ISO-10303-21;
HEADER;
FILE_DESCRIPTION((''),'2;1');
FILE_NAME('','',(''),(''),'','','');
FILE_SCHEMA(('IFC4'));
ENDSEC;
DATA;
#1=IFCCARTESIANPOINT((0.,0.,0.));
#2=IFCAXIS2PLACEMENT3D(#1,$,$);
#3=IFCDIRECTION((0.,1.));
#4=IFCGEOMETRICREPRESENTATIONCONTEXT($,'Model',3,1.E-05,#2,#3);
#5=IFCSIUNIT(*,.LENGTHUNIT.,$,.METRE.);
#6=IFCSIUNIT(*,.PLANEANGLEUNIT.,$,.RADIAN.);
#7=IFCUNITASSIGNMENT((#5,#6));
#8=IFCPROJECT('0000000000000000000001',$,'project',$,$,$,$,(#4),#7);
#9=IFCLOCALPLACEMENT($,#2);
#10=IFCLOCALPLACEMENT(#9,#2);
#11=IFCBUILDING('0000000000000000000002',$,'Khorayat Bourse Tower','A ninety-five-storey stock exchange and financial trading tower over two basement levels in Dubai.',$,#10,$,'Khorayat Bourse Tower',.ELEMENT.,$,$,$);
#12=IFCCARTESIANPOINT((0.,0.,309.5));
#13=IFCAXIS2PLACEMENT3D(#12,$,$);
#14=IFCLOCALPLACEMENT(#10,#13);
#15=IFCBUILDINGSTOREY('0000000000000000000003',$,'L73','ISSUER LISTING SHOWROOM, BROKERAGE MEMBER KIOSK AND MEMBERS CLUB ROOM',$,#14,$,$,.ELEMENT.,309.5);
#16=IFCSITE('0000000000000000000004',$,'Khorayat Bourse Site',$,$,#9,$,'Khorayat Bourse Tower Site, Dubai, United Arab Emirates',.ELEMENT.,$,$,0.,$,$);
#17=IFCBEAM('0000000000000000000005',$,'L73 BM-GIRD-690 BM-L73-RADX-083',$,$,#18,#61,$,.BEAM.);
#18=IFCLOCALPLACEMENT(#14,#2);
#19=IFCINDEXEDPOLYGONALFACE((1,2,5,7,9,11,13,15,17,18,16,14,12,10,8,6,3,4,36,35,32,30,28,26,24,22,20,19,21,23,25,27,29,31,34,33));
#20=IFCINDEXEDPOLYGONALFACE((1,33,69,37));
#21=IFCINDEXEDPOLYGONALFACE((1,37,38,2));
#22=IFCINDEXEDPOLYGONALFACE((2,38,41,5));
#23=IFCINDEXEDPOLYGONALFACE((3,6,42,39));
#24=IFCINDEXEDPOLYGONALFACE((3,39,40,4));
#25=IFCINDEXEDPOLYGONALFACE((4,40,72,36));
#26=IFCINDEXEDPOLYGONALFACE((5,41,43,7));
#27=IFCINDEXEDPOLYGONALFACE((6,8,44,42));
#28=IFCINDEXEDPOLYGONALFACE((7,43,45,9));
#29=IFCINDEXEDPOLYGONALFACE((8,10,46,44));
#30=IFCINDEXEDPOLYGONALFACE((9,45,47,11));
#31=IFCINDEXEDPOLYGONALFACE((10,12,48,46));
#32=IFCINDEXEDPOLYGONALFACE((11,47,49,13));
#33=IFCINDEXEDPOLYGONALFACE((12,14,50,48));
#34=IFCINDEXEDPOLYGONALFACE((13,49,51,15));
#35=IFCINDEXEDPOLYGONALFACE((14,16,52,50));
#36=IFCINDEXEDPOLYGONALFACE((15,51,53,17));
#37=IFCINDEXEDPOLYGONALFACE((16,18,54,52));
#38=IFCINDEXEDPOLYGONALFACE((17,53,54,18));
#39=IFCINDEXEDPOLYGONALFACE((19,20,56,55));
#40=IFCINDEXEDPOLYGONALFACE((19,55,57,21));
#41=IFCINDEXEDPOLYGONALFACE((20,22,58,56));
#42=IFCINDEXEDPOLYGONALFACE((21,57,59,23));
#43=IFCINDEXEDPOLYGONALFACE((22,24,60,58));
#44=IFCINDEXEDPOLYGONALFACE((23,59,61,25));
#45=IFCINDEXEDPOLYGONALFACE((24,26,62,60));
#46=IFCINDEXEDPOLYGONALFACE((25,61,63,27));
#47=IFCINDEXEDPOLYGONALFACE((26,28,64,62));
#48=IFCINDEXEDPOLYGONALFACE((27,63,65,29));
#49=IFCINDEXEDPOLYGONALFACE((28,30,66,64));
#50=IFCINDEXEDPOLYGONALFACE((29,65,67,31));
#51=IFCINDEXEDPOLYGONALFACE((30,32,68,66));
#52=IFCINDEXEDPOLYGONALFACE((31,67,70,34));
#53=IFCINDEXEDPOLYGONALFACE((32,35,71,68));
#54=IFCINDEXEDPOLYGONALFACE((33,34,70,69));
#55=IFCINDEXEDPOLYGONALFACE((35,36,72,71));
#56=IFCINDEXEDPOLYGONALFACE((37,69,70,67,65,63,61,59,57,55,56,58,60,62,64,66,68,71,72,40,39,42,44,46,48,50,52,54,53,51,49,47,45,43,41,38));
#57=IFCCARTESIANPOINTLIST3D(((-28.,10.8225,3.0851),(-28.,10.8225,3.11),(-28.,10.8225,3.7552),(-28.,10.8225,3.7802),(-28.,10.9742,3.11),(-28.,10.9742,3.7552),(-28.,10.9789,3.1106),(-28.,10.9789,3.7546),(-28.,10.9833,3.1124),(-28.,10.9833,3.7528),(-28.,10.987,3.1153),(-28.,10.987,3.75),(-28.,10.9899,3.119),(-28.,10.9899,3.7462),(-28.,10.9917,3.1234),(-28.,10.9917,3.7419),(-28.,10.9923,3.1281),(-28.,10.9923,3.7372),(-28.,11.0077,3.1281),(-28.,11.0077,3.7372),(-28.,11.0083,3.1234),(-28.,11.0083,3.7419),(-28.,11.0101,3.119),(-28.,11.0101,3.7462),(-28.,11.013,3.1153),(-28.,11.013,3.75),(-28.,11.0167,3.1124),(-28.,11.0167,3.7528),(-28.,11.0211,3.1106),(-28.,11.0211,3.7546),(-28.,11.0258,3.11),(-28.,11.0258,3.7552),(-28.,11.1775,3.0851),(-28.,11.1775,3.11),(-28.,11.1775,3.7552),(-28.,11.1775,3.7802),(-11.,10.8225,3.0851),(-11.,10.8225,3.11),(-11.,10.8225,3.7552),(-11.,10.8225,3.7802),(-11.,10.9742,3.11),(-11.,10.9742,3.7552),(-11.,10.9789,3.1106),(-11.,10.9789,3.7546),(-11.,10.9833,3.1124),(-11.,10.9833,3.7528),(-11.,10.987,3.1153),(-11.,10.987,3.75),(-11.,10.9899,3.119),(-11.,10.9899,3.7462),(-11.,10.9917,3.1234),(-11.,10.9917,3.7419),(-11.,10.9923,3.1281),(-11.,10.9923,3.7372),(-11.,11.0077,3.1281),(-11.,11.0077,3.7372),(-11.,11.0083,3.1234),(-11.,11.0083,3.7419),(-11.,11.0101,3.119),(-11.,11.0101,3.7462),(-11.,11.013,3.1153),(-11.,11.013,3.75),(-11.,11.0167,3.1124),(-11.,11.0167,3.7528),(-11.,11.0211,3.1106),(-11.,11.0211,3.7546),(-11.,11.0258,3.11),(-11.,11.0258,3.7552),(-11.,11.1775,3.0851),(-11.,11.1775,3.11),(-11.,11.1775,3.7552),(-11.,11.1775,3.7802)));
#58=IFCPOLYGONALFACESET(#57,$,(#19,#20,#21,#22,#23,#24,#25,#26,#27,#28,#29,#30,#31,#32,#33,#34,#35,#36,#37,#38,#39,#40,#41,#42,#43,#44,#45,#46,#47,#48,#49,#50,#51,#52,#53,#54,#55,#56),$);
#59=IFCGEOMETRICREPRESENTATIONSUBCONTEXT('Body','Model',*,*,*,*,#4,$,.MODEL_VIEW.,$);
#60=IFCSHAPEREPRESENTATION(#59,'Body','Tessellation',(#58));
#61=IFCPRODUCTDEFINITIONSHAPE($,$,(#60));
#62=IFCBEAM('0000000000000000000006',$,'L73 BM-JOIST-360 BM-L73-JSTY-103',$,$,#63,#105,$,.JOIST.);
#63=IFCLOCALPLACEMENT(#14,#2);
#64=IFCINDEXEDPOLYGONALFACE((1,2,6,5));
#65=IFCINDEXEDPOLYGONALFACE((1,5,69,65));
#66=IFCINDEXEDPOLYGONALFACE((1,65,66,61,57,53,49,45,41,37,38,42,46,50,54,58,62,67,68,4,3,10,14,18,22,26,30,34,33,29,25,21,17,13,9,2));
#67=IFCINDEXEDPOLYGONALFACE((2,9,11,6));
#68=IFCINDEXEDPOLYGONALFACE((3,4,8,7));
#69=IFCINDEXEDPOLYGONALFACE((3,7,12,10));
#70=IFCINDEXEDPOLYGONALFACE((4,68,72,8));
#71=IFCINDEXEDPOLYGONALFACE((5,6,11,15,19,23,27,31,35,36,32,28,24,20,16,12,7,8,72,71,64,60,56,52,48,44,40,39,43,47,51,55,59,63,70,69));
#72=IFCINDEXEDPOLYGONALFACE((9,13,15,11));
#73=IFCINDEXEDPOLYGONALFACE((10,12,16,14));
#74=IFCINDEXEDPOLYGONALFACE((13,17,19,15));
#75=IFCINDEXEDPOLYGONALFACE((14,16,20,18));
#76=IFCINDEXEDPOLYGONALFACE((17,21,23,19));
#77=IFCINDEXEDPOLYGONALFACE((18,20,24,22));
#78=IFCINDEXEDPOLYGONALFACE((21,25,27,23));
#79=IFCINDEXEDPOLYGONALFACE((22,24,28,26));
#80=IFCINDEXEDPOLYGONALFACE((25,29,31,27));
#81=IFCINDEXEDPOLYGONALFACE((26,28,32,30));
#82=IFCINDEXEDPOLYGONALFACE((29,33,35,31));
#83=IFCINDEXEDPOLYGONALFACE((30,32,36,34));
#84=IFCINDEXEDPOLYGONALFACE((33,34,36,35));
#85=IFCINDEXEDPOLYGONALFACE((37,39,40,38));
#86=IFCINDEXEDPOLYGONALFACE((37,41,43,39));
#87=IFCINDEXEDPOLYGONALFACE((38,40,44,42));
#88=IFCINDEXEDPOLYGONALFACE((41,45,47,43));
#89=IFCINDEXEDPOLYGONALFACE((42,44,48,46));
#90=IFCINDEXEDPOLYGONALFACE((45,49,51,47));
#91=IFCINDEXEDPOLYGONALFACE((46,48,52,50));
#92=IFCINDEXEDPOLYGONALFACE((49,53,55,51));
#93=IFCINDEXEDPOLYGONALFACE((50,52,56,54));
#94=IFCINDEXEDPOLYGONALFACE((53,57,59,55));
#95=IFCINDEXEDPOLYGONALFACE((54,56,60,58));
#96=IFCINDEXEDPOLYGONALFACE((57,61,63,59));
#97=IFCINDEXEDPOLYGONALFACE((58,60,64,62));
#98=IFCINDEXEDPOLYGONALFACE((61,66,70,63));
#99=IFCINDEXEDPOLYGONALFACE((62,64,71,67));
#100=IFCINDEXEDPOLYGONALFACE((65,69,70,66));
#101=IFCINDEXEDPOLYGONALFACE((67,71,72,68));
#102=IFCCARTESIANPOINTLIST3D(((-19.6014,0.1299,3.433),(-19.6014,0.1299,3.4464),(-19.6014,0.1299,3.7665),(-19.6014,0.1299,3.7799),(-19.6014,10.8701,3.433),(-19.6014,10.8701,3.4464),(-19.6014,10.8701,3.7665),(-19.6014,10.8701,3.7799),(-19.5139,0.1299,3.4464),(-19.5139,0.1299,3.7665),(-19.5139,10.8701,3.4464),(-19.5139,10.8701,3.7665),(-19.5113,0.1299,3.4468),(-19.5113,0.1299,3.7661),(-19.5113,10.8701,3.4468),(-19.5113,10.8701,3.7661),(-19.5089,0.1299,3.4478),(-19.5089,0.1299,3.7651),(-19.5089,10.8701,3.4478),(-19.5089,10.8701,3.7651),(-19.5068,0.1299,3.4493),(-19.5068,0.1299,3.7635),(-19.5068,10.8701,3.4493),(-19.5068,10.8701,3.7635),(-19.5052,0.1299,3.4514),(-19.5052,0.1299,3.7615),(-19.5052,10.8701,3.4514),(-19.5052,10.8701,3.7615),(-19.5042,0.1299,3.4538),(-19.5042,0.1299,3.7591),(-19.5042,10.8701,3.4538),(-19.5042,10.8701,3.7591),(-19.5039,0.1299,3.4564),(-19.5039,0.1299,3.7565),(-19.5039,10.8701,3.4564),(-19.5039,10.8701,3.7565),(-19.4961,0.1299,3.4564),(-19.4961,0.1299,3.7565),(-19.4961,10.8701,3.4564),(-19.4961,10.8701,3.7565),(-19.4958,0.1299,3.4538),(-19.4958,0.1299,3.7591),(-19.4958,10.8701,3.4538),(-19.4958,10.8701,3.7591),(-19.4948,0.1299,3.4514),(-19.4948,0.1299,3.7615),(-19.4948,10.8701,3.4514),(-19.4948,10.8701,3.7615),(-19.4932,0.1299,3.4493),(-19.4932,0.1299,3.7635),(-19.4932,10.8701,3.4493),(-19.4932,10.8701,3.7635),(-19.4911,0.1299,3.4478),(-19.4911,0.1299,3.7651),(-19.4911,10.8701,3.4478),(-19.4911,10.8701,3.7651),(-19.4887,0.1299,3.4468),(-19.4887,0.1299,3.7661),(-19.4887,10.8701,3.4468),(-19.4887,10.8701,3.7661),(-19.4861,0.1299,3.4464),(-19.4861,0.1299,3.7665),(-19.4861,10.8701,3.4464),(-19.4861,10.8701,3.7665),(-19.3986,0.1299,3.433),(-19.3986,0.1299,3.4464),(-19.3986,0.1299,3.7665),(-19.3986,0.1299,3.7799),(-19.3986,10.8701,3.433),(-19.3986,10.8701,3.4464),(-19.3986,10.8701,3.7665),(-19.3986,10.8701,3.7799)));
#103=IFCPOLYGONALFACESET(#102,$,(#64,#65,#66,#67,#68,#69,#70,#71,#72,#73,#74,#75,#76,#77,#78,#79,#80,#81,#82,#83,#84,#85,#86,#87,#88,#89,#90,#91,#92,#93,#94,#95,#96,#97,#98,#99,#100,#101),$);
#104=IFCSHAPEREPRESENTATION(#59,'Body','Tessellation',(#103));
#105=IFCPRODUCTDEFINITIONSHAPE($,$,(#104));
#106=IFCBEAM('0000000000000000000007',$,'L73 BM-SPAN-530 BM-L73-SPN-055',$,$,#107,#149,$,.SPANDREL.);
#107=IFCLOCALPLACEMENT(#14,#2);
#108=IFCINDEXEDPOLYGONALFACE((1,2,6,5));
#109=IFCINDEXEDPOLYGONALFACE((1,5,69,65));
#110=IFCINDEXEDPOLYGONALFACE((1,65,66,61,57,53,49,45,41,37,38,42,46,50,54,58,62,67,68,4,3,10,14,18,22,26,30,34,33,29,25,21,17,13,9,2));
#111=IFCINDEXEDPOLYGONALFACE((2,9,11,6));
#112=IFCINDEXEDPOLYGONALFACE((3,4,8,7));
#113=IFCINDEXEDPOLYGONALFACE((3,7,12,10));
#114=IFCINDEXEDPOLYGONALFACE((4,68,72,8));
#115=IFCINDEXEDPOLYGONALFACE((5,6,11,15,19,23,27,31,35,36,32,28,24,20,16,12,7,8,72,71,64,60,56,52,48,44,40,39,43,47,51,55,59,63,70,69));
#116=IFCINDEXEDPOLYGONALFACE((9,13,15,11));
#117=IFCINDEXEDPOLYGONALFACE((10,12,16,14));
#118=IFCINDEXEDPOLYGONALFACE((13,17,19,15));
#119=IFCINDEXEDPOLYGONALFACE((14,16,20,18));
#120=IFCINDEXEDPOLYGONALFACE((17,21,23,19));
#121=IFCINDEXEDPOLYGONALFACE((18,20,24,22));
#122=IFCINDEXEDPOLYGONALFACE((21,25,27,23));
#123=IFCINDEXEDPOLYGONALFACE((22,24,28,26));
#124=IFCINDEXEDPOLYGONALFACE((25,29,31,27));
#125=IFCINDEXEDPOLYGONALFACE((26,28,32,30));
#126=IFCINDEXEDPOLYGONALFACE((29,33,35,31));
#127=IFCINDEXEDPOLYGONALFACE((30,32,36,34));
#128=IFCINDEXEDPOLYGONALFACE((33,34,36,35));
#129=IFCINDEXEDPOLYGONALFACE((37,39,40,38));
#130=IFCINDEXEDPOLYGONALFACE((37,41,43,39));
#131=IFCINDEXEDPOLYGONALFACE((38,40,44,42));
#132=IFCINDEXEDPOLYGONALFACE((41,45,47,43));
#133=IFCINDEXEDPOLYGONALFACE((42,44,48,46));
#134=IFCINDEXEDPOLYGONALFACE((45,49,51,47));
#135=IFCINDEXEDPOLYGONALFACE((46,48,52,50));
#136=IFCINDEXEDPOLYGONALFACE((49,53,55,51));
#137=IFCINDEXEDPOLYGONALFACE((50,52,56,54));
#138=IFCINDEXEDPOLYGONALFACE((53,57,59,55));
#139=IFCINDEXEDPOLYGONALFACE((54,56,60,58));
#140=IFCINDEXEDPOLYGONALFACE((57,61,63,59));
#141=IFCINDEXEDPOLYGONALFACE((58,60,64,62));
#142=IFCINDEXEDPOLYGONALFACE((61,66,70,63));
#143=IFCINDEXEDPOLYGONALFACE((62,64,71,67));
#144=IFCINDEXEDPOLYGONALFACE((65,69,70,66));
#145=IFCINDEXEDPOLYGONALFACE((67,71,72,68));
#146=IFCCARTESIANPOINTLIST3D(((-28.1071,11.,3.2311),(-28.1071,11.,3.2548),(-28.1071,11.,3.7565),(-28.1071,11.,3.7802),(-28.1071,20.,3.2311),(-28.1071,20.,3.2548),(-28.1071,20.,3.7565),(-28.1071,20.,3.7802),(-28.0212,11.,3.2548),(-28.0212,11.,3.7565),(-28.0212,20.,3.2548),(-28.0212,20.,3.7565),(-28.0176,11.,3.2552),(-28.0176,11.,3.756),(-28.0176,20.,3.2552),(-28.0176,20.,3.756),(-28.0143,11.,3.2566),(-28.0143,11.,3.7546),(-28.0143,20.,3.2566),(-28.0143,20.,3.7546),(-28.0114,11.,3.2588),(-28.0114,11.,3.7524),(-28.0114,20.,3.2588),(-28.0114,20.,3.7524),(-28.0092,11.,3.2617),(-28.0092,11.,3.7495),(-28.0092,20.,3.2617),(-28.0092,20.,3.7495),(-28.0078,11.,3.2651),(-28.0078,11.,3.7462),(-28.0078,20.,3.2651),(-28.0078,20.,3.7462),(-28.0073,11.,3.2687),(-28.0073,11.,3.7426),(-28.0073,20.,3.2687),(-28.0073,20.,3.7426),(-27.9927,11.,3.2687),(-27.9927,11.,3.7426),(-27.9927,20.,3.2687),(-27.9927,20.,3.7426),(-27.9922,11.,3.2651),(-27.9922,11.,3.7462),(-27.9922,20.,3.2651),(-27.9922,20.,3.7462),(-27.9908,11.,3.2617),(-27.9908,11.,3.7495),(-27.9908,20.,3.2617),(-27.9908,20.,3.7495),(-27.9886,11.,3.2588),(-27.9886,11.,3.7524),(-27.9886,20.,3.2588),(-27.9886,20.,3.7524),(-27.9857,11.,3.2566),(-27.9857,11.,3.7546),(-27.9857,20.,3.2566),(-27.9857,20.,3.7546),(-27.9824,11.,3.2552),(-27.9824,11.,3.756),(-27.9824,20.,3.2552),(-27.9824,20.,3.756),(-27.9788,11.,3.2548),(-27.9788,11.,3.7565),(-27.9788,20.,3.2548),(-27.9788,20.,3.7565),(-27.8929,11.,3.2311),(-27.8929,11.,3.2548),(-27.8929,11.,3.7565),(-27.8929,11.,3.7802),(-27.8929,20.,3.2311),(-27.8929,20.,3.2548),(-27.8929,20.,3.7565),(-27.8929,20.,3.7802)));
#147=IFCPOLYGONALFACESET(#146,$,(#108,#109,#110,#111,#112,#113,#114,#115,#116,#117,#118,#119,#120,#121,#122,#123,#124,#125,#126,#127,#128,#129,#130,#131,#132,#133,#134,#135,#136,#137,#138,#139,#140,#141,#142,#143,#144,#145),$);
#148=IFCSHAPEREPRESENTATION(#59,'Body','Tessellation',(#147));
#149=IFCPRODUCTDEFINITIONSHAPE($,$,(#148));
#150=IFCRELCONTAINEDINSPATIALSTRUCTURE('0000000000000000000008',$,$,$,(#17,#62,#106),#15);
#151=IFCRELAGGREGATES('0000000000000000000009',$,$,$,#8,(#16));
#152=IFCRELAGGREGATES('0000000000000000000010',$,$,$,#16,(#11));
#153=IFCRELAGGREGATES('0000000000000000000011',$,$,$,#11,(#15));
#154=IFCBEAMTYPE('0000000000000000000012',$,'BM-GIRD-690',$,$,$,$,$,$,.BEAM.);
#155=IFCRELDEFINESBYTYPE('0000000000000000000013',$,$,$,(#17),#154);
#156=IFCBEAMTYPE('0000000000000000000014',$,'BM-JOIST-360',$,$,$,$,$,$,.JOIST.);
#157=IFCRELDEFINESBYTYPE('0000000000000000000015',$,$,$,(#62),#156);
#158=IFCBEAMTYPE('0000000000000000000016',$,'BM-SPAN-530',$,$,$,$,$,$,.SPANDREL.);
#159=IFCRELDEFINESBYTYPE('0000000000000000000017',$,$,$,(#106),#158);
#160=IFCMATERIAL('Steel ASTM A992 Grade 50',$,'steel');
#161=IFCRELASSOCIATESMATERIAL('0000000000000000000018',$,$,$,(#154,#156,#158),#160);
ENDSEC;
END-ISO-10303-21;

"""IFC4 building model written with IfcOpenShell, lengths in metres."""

from ifc_helpers import new_model, si_unit, direction, frame, origin, origin_2d, place, context, subcontext, project, spatial, i_section, extrude, source, transform, mapped, material, material_profile, profile_set, type_object, element, save


model = new_model("IFC4")

# Units and contexts
model_context = context("Model", 3, precision=1e-05, world=origin(), true_north=direction((0.0, 1.0)))
body_context = subcontext(model_context, "Body", "Model", "MODEL_VIEW")
ifc_project = project(units=[si_unit("LENGTHUNIT", "METRE"), si_unit("PLANEANGLEUNIT", "RADIAN")], contexts=[model_context])

# Site, building, storey
site_placement = place(None, origin())
site = spatial("IfcSite", under=ifc_project, at=site_placement, Name="Khorayat Bourse Site", LongName="Khorayat Bourse Tower Site, Dubai, United Arab Emirates", CompositionType="ELEMENT", RefElevation=0.0)
building_placement = place(site_placement, origin())
building = spatial("IfcBuilding", under=site, at=building_placement, Name="Khorayat Bourse Tower", Description="A ninety-five-storey stock exchange and financial trading tower over two basement levels in Dubai.", LongName="Khorayat Bourse Tower", CompositionType="ELEMENT")
storey_placement = place(building_placement, frame((0.0, 0.0, 309.5)))
storey = spatial("IfcBuildingStorey", under=building, at=storey_placement, Name="L73", Description="ISSUER LISTING SHOWROOM, BROKERAGE MEMBER KIOSK AND MEMBERS CLUB ROOM", CompositionType="ELEMENT", Elevation=309.5)

# Beams
ifc_material_1 = material(Name="Steel ASTM A992 Grade 50", Category="steel")
ifc_material_profile_1 = material_profile(ifc_material_1, i_section(OverallWidth=0.355, OverallDepth=0.6951, WebThickness=0.0154, FlangeThickness=0.0249, FilletRadius=0.0181, at=origin_2d()), Name="W690X217")
ifc_profile_set_1 = profile_set([ifc_material_profile_1], Name="Steel ASTM A992 Grade 50")
beam_type_1 = type_object("IfcBeamType", Name="BM-GIRD-690", PredefinedType="BEAM", material=ifc_profile_set_1)
shared_shape_1 = source(origin(), body_context, "Body", "SweptSolid", [
    extrude(i_section(OverallWidth=0.355, OverallDepth=0.6951, WebThickness=0.0154, FlangeThickness=0.0249, FilletRadius=0.0181, at=origin_2d()), origin(), (0.0, 0.0, 1.0), 17.0),
])
for number, where, z_axis, x_axis, name in (
    (1, (-28.0, 11.0, 3.4326), (1.0, 0.0, 0.0), (0.0, 1.0, 0.0), "L73 BM-GIRD-690 BM-L73-RADX-083"),
):
    element("IfcBeam", number, at=place(storey_placement, frame(where, z_axis=z_axis, x_axis=x_axis)), inside=storey, type_object=beam_type_1, Name=name, PredefinedType="BEAM", context=body_context, shape_type="MappedRepresentation", body=[
        mapped(shared_shape_1, transform((0.0, 0.0, 0.0), scale=1.0)),
    ])
ifc_material_profile_2 = material_profile(ifc_material_1, i_section(OverallWidth=0.2029, OverallDepth=0.3469, WebThickness=0.0078, FlangeThickness=0.0134, FilletRadius=0.01, at=origin_2d()), Name="W360X64")
ifc_profile_set_2 = profile_set([ifc_material_profile_2], Name="Steel ASTM A992 Grade 50")
beam_type_2 = type_object("IfcBeamType", Name="BM-JOIST-360", PredefinedType="JOIST", material=ifc_profile_set_2)
shared_shape_2 = source(origin(), body_context, "Body", "SweptSolid", [
    extrude(i_section(OverallWidth=0.2029, OverallDepth=0.3469, WebThickness=0.0078, FlangeThickness=0.0134, FilletRadius=0.01, at=origin_2d()), origin(), (0.0, 0.0, 1.0), 10.7402),
])
beam_1_placement = place(storey_placement, frame((-19.5, 0.1299, 3.6064), z_axis=(0.0, 1.0, 0.0), x_axis=(-1.0, 0.0, 0.0)))
element("IfcBeam", 2, at=beam_1_placement, inside=storey, type_object=beam_type_2, Name="L73 BM-JOIST-360 BM-L73-JSTY-103", PredefinedType="JOIST", context=body_context, shape_type="MappedRepresentation", body=[
    mapped(shared_shape_2, transform((0.0, 0.0, 0.0), scale=1.0)),
])
ifc_material_profile_3 = material_profile(ifc_material_1, i_section(OverallWidth=0.2141, OverallDepth=0.5491, WebThickness=0.0146, FlangeThickness=0.0237, FilletRadius=0.0139, at=origin_2d()), Name="W530X138")
ifc_profile_set_3 = profile_set([ifc_material_profile_3], Name="Steel ASTM A992 Grade 50")
beam_type_3 = type_object("IfcBeamType", Name="BM-SPAN-530", PredefinedType="SPANDREL", material=ifc_profile_set_3)
shared_shape_3 = source(origin(), body_context, "Body", "SweptSolid", [
    extrude(i_section(OverallWidth=0.2141, OverallDepth=0.5491, WebThickness=0.0146, FlangeThickness=0.0237, FilletRadius=0.0139, at=origin_2d()), origin(), (0.0, 0.0, 1.0), 9.0),
])
beam_2_placement = place(storey_placement, frame((-28.0, 11.0, 3.5056), z_axis=(0.0, 1.0, 0.0), x_axis=(-1.0, 0.0, 0.0)))
element("IfcBeam", 3, at=beam_2_placement, inside=storey, type_object=beam_type_3, Name="L73 BM-SPAN-530 BM-L73-SPN-055", PredefinedType="SPANDREL", context=body_context, shape_type="MappedRepresentation", body=[
    mapped(shared_shape_3, transform((0.0, 0.0, 0.0), scale=1.0)),
])

save(model, "model.ifc")
